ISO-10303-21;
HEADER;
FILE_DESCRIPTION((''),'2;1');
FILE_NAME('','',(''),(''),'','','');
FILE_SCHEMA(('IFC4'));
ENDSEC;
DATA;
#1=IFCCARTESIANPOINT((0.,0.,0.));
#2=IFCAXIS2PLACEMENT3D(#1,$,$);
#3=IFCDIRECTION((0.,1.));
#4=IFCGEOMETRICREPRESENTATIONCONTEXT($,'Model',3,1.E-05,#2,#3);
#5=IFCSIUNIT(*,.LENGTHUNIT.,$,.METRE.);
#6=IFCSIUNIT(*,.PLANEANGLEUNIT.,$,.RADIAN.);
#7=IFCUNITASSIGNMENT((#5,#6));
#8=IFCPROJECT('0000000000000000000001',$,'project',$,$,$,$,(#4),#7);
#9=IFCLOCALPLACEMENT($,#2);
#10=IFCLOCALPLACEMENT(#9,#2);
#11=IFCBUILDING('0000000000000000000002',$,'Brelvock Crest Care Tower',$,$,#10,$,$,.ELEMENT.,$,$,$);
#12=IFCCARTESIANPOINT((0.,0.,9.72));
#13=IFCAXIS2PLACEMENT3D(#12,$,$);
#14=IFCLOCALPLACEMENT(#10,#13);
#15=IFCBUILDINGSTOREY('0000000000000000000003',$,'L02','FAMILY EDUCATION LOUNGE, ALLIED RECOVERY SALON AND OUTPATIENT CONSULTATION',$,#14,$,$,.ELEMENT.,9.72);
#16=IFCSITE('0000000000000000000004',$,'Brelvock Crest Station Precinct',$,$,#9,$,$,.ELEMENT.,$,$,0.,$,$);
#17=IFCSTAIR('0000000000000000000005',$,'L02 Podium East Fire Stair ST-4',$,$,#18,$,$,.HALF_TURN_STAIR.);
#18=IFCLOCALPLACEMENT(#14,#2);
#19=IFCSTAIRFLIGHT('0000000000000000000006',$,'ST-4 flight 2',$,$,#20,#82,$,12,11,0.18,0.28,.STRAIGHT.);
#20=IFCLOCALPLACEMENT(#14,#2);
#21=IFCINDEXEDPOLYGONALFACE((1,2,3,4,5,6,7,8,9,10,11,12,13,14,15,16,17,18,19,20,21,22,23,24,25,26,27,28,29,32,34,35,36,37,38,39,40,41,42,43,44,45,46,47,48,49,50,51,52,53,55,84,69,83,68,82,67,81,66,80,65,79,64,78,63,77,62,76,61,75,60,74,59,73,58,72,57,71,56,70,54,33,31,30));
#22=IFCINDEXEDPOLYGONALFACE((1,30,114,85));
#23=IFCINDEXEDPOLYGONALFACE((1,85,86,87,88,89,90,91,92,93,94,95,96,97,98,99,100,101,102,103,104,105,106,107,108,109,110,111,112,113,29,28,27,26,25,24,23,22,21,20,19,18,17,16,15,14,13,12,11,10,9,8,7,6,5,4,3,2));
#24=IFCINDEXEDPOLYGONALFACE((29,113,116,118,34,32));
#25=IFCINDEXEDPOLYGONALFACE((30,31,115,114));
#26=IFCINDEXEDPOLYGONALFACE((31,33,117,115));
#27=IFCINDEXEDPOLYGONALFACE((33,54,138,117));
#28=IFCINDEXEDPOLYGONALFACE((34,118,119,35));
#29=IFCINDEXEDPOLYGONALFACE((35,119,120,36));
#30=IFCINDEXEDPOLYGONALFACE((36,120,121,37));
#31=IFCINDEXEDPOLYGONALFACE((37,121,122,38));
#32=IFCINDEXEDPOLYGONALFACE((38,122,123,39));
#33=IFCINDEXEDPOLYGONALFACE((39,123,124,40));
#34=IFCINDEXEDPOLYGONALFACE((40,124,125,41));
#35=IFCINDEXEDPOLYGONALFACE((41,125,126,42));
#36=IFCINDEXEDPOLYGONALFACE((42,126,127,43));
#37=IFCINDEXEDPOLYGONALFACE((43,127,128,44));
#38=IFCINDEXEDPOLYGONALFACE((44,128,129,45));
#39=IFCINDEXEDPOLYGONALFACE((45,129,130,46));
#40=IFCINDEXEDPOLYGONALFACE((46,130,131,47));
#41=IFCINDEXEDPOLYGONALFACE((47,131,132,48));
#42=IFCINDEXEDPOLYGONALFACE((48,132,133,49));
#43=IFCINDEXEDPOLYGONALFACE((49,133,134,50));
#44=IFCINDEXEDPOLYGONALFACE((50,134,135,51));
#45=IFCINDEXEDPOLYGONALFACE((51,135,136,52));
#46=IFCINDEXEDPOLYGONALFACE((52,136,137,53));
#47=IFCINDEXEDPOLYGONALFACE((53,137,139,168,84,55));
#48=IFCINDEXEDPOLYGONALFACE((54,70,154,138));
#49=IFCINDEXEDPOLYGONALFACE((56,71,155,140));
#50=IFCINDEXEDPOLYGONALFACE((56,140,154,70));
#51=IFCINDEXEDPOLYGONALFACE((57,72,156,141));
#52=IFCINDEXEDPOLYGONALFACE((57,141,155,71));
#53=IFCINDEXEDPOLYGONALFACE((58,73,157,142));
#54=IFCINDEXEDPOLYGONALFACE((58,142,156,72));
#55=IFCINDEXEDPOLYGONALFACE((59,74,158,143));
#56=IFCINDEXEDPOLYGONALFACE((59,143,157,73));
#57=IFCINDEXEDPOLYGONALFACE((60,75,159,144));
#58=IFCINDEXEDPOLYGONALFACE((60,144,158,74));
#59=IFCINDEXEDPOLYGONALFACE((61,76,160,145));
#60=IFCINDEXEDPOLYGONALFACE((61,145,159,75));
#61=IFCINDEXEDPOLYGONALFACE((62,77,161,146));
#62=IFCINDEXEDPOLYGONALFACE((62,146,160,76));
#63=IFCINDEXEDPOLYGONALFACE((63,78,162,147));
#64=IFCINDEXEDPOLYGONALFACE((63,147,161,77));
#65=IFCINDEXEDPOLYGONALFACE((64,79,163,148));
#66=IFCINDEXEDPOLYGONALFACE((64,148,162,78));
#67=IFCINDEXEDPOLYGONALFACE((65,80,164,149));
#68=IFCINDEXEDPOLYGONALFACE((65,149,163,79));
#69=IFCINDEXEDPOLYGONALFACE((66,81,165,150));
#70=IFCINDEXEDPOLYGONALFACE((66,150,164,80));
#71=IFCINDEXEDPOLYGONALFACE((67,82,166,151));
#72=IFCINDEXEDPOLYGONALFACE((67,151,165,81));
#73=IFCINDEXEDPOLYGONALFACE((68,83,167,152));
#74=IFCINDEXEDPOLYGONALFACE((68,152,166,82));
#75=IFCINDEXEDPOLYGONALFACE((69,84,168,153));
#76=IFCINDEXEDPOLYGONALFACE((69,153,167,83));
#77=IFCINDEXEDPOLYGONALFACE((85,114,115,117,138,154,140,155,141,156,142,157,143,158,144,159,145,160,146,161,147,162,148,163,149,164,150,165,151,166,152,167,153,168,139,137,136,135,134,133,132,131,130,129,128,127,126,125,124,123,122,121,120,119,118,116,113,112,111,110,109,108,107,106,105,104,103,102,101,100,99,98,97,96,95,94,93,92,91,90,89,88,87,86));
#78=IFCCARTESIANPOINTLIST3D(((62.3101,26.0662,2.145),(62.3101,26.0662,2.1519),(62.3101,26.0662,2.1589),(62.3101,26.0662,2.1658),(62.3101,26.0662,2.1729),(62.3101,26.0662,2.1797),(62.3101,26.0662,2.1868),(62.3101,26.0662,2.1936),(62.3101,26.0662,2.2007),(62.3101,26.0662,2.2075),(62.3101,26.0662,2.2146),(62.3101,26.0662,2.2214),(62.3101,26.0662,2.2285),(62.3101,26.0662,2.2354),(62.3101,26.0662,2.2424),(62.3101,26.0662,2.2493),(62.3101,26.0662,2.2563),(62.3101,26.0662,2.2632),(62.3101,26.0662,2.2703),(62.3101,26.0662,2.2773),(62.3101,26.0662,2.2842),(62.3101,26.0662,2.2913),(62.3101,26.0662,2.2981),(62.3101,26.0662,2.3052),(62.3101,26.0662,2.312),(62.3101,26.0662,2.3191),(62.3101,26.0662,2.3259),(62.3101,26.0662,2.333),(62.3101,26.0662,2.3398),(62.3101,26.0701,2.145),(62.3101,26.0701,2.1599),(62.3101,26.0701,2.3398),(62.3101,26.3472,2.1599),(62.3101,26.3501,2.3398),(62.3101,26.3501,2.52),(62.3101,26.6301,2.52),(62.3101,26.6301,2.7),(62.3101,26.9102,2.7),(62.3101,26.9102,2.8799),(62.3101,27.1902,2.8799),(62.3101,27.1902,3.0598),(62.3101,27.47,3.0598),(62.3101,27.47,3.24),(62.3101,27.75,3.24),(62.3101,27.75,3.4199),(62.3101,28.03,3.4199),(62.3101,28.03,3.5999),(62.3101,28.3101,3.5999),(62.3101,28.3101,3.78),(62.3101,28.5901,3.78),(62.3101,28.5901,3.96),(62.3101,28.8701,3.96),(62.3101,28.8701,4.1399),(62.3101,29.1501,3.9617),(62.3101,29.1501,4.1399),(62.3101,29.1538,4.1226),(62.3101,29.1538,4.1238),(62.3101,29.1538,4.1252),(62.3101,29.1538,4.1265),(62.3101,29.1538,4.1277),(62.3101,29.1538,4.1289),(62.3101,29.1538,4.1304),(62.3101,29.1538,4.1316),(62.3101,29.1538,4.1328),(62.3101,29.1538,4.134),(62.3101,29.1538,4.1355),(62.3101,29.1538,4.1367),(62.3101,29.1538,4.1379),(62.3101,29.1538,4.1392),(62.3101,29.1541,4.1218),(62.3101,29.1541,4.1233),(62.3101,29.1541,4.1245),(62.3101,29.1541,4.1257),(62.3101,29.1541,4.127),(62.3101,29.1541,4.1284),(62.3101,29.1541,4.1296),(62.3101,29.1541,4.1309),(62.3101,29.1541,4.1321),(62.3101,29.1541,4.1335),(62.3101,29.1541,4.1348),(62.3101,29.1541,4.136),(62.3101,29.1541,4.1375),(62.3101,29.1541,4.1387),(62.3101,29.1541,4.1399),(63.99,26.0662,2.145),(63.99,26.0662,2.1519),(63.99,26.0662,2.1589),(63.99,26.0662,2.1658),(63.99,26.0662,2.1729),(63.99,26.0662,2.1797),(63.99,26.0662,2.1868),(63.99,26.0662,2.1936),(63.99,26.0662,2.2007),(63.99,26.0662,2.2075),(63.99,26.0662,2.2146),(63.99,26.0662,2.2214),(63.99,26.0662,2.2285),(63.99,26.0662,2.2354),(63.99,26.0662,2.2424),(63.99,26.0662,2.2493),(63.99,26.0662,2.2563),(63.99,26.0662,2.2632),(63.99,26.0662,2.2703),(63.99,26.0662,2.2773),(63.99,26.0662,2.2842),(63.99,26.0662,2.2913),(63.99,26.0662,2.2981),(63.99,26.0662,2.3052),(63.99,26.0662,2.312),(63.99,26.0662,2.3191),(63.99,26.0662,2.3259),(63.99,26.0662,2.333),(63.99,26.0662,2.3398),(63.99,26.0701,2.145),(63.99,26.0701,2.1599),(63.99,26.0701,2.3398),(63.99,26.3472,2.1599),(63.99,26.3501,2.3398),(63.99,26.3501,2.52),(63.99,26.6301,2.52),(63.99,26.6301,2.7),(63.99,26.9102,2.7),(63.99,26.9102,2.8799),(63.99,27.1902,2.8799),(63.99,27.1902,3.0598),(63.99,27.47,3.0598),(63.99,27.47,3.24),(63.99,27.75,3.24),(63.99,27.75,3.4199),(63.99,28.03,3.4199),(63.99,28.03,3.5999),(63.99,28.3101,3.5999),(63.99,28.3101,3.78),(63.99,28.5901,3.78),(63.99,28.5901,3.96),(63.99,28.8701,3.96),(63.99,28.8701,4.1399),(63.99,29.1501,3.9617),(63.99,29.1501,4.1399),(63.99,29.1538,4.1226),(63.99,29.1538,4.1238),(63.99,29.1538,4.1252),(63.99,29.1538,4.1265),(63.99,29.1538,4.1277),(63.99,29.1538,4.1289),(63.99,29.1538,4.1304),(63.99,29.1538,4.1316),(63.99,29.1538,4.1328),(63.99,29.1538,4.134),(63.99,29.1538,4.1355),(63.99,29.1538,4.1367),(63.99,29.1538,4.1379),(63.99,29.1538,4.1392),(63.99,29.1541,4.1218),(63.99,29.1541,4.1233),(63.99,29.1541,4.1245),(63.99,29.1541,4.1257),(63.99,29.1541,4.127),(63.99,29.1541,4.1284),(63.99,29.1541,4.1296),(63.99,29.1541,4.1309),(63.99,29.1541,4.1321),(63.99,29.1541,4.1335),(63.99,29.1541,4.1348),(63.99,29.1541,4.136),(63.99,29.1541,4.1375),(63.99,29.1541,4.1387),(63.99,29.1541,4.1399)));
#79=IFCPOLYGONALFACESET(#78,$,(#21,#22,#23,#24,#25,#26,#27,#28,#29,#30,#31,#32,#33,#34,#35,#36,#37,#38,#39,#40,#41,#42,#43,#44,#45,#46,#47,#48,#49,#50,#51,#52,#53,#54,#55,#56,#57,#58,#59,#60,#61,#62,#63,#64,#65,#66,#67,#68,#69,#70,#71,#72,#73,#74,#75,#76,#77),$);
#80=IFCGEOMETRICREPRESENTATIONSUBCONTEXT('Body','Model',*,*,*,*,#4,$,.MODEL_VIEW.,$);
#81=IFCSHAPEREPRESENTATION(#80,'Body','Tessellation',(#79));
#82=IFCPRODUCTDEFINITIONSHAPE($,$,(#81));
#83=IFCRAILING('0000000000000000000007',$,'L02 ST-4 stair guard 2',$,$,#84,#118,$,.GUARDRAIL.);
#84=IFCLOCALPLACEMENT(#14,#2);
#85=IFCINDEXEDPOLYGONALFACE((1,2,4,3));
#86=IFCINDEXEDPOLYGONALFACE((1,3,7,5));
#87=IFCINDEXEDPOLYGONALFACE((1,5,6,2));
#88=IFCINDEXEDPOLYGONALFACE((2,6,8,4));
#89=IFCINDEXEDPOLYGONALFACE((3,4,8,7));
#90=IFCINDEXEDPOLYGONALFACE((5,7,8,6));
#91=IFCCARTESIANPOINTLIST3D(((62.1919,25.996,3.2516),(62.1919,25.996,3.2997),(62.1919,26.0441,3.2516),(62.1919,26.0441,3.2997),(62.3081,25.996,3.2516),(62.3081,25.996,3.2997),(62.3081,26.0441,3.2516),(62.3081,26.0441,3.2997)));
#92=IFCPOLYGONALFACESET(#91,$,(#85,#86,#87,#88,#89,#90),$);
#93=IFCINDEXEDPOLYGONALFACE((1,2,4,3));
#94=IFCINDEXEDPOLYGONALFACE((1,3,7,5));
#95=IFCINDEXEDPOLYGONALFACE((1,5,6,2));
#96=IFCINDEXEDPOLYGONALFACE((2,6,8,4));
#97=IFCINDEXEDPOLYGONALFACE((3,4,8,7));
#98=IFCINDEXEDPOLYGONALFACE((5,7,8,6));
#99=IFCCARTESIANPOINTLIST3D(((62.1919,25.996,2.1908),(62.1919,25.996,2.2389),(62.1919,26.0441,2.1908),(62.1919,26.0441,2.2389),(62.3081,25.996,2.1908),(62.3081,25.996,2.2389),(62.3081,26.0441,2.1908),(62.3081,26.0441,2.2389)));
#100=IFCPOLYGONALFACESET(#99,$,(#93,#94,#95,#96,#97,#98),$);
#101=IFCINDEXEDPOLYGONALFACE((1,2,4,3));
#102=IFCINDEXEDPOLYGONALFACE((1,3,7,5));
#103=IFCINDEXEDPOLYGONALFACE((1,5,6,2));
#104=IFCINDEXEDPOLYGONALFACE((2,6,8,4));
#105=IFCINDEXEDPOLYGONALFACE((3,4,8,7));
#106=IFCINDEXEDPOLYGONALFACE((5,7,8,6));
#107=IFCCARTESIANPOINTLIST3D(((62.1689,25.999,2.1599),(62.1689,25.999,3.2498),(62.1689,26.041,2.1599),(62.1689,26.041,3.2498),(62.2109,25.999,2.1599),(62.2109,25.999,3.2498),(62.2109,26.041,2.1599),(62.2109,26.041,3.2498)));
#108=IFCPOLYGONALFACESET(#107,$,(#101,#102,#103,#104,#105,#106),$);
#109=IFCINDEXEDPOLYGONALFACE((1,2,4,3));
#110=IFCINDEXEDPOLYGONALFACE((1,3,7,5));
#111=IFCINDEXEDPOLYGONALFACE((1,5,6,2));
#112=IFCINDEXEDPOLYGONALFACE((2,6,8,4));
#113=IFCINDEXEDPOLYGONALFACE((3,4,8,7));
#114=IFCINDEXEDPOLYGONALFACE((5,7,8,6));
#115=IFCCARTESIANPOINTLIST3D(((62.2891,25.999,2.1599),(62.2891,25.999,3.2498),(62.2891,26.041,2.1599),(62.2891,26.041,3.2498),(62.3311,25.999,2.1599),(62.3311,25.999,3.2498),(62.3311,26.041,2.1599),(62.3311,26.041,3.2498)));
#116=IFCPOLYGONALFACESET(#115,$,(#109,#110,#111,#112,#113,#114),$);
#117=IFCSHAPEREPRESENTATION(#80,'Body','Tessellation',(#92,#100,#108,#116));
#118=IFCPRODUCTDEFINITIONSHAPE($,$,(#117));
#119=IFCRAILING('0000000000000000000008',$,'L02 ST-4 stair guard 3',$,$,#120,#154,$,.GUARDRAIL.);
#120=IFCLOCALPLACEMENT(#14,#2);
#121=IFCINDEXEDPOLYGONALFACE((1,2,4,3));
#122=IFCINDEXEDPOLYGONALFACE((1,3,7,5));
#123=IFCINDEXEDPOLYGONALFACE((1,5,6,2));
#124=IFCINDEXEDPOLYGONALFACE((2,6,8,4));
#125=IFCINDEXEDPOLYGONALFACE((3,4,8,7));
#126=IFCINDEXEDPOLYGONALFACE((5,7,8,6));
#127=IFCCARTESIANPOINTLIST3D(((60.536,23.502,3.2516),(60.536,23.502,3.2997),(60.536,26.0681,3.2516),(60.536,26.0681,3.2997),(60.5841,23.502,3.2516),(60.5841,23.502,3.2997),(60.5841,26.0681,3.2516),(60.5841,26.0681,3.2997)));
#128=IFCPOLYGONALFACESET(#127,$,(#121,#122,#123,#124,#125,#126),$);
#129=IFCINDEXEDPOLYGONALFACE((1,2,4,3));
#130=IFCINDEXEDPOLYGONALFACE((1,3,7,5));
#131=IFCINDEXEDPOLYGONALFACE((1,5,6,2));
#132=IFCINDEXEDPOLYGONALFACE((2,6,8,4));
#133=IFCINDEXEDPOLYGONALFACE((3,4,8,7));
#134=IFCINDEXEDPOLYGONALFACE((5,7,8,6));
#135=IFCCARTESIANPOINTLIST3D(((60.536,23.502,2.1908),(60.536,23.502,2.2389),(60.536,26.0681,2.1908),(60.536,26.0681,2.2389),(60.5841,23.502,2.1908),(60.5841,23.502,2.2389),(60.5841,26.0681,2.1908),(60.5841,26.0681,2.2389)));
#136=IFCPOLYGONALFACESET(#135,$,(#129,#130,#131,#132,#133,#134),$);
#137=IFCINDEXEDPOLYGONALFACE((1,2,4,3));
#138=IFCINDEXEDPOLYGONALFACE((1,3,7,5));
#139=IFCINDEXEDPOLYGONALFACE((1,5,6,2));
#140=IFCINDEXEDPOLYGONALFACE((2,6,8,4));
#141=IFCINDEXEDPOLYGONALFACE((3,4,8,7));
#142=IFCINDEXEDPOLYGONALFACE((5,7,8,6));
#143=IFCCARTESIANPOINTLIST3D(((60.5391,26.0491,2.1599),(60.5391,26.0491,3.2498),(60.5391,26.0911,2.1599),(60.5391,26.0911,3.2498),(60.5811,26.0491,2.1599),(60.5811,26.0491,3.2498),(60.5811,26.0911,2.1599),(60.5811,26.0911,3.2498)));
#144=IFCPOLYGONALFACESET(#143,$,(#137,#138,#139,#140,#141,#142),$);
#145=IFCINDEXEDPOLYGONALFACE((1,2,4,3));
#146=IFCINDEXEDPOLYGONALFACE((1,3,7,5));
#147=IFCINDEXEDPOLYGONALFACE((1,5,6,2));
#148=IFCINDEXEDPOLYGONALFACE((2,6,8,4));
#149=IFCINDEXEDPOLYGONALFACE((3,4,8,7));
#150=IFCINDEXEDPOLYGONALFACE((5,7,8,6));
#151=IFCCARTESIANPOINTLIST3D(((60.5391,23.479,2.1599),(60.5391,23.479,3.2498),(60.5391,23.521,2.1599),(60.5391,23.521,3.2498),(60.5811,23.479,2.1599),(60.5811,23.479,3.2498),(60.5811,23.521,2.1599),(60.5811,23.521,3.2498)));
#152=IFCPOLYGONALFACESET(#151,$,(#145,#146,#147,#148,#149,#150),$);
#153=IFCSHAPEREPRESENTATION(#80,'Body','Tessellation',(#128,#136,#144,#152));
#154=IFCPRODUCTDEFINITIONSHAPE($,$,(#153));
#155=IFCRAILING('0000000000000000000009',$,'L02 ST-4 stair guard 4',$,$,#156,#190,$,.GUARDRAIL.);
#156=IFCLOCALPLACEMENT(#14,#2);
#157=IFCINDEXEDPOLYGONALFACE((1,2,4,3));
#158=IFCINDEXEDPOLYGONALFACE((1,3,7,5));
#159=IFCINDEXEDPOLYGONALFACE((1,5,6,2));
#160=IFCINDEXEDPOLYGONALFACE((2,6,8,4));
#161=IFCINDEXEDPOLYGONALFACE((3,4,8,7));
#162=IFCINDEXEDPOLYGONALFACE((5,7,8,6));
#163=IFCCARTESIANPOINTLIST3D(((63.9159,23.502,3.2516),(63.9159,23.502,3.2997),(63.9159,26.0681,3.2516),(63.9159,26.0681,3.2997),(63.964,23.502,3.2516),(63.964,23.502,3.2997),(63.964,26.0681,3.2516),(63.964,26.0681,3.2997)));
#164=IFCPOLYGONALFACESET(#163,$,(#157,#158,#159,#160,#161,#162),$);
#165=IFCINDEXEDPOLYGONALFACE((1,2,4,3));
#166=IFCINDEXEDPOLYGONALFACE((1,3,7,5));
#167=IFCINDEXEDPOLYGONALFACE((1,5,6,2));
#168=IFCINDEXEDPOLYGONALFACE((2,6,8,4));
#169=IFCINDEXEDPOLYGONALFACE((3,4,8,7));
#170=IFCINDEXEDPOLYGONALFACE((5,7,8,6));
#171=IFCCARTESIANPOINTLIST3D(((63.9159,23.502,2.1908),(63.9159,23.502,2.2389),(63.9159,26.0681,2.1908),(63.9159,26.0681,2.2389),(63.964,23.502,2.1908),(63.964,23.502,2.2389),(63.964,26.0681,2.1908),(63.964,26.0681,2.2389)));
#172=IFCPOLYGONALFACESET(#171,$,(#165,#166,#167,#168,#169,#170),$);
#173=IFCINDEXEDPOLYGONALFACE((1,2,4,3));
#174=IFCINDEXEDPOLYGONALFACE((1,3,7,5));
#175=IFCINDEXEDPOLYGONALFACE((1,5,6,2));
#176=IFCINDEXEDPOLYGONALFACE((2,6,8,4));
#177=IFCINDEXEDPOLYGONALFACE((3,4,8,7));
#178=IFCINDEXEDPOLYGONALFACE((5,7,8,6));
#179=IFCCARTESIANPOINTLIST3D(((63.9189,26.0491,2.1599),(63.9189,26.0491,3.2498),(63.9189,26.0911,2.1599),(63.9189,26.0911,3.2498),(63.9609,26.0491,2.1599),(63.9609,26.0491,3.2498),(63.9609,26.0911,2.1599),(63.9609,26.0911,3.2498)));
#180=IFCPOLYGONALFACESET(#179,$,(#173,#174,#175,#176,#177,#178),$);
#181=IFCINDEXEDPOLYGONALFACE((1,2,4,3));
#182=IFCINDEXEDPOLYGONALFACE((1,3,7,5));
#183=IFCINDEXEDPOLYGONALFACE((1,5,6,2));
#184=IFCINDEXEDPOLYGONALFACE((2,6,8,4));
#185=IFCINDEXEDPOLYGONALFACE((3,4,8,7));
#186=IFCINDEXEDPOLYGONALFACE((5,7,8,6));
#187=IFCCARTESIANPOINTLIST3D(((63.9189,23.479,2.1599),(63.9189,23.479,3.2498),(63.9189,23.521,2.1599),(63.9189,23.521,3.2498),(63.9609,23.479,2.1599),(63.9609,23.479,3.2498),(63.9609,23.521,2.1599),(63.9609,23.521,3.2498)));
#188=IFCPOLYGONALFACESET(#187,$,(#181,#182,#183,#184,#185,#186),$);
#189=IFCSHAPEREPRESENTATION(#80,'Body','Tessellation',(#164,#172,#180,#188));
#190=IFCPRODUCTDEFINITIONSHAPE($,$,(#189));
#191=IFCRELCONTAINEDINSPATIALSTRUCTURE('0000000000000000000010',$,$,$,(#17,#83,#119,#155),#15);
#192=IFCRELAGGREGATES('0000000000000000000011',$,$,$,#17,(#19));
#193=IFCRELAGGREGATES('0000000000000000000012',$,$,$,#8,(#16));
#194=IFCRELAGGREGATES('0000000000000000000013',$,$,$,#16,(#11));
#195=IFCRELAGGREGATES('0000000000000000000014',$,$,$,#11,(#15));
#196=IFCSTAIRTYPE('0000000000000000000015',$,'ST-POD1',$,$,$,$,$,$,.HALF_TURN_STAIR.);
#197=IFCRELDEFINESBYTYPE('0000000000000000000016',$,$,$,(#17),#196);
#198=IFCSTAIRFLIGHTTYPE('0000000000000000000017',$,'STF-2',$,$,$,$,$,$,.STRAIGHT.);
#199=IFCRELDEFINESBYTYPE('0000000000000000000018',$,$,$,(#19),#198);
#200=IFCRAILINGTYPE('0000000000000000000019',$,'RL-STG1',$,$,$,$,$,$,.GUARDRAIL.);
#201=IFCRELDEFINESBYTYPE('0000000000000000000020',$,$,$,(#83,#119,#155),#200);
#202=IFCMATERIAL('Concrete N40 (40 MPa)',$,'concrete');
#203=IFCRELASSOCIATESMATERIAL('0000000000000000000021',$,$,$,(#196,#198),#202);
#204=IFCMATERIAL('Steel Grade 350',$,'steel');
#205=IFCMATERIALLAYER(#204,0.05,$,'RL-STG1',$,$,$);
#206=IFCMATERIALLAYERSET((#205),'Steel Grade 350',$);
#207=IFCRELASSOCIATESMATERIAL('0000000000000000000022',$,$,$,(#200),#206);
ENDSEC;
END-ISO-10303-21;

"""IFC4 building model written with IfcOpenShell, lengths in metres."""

from ifc_helpers import new_model, si_unit, direction, frame, origin, origin_2d, place, context, subcontext, project, spatial, polyline, rectangle, outline, extrude, material, layer, layer_set, type_object, element, aggregate, save


model = new_model("IFC4")

# Units and contexts
model_context = context("Model", 3, precision=1e-05, world=origin(), true_north=direction((0.0, 1.0)))
body_context = subcontext(model_context, "Body", "Model", "MODEL_VIEW")
ifc_project = project(units=[si_unit("LENGTHUNIT", "METRE"), si_unit("PLANEANGLEUNIT", "RADIAN")], contexts=[model_context])

# Site, building, storey
site_placement = place(None, origin())
site = spatial("IfcSite", under=ifc_project, at=site_placement, Name="Brelvock Crest Station Precinct", CompositionType="ELEMENT", RefElevation=0.0)
building_placement = place(site_placement, origin())
building = spatial("IfcBuilding", under=site, at=building_placement, Name="Brelvock Crest Care Tower", CompositionType="ELEMENT")
storey_placement = place(building_placement, frame((0.0, 0.0, 9.72)))
storey = spatial("IfcBuildingStorey", under=building, at=storey_placement, Name="L02", Description="FAMILY EDUCATION LOUNGE, ALLIED RECOVERY SALON AND OUTPATIENT CONSULTATION", CompositionType="ELEMENT", Elevation=9.72)

# Shared definitions
ifc_material_1 = material(Name="Steel Grade 350", Category="steel")

# Stair, stair flight
ifc_material_2 = material(Name="Concrete N40 (40 MPa)", Category="concrete")
stair_type = type_object("IfcStairType", Name="ST-POD1", PredefinedType="HALF_TURN_STAIR", material=ifc_material_2)
stair_placement = place(storey_placement, origin())
stair = element("IfcStair", 1, at=stair_placement, inside=storey, type_object=stair_type, Name="L02 Podium East Fire Stair ST-4", PredefinedType="HALF_TURN_STAIR")
stair_flight_type = type_object("IfcStairFlightType", Name="STF-2", PredefinedType="STRAIGHT", material=ifc_material_2)
stair_flight_placement = place(storey_placement, frame((63.1499, 26.0701, 2.1599), z_axis=(0.0, 0.0, 1.0), x_axis=(0.0, 1.0, 0.0)))
stair_flight = element("IfcStairFlight", 2, at=stair_flight_placement, type_object=stair_flight_type, Name="ST-4 flight 2", NumberOfRisers=12, NumberOfTreads=11, PredefinedType="STRAIGHT", RiserHeight=0.18, TreadLength=0.28, context=body_context, shape_type="SweptSolid", body=[
    extrude(outline(polyline([(-0.0039, -0.0149), (-0.0039, -0.0081), (-0.0039, -0.001), (-0.0039, 0.0059), (-0.0039, 0.0129), (-0.0039, 0.0198), (-0.0039, 0.0269), (-0.0039, 0.0337), (-0.0039, 0.0408), (-0.0039, 0.0476), (-0.0039, 0.0547), (-0.0039, 0.0615), (-0.0039, 0.0686), (-0.0039, 0.0754), (-0.0039, 0.0825), (-0.0039, 0.0894), (-0.0039, 0.0964), (-0.0039, 0.1033), (-0.0039, 0.1104), (-0.0039, 0.1174), (-0.0039, 0.1243), (-0.0039, 0.1313), (-0.0039, 0.1382), (-0.0039, 0.1453), (-0.0039, 0.1521), (-0.0039, 0.1592), (-0.0039, 0.166), (-0.0039, 0.1731), (-0.0039, 0.1799), (0.0, 0.1799), (0.28, 0.1799), (0.28, 0.3601), (0.5601, 0.3601), (0.5601, 0.54), (0.8401, 0.54), (0.8401, 0.72), (1.1201, 0.72), (1.1201, 0.8999), (1.3999, 0.8999), (1.3999, 1.0801), (1.6799, 1.0801), (1.6799, 1.26), (1.96, 1.26), (1.96, 1.4399), (2.24, 1.4399), (2.24, 1.6201), (2.52, 1.6201), (2.52, 1.8), (2.8, 1.8), (2.8, 1.98), (3.0801, 1.98), (3.084, 1.98), (3.0837, 1.9792), (3.084, 1.9788), (3.0837, 1.978), (3.084, 1.9775), (3.0837, 1.9768), (3.084, 1.9761), (3.0837, 1.9756), (3.084, 1.9749), (3.0837, 1.9741), (3.084, 1.9736), (3.0837, 1.9729), (3.084, 1.9722), (3.0837, 1.9717), (3.084, 1.9709), (3.0837, 1.9705), (3.084, 1.9697), (3.0837, 1.969), (3.084, 1.9685), (3.0837, 1.9678), (3.084, 1.967), (3.0837, 1.9666), (3.084, 1.9658), (3.0837, 1.9653), (3.084, 1.9646), (3.0837, 1.9639), (3.084, 1.9634), (3.0837, 1.9626), (3.084, 1.9619), (3.0801, 1.8018), (0.2771, 0.0), (0.0, 0.0), (0.0, -0.0149), (-0.0039, -0.0149)])), frame((0.0, 0.8398, 0.0), z_axis=(0.0, -1.0, 0.0), x_axis=(1.0, 0.0, 0.0)), (0.0, 0.0, 1.0), 1.6799),
])
aggregate(stair, [stair_flight])

# Railings
ifc_layer_1 = layer(ifc_material_1, 0.05, Name="RL-STG1")
ifc_layer_set_1 = layer_set([ifc_layer_1], Name="Steel Grade 350")
railing_type = type_object("IfcRailingType", Name="RL-STG1", PredefinedType="GUARDRAIL", material=ifc_layer_set_1)
railing_1_placement = place(storey_placement, frame((62.1899, 26.02, 2.1599)))
element("IfcRailing", 3, at=railing_1_placement, inside=storey, type_object=railing_type, Name="L02 ST-4 stair guard 2", PredefinedType="GUARDRAIL", context=body_context, shape_type="SweptSolid", body=[
    extrude(rectangle(XDim=0.0481, YDim=0.0481, at=origin_2d()), frame((0.002, 0.0, 1.1157), z_axis=(1.0, 0.0, 0.0), x_axis=(0.0, 1.0, 0.0)), (0.0, 0.0, 1.0), 0.1162),
    extrude(rectangle(XDim=0.0481, YDim=0.0481, at=origin_2d()), frame((0.002, 0.0, 0.0549), z_axis=(1.0, 0.0, 0.0), x_axis=(0.0, 1.0, 0.0)), (0.0, 0.0, 1.0), 0.1162),
    extrude(rectangle(XDim=0.042, YDim=0.042, at=origin_2d()), origin(), (0.0, 0.0, 1.0), 1.0898),
    extrude(rectangle(XDim=0.042, YDim=0.042, at=origin_2d()), frame((0.1201, 0.0, 0.0)), (0.0, 0.0, 1.0), 1.0898),
])
for number, where, name in (
    (4, (60.5601, 26.0701, 2.1599), "L02 ST-4 stair guard 3"),
    (5, (63.9399, 26.0701, 2.1599), "L02 ST-4 stair guard 4"),
):
    element("IfcRailing", number, at=place(storey_placement, frame(where)), inside=storey, type_object=railing_type, Name=name, PredefinedType="GUARDRAIL", context=body_context, shape_type="SweptSolid", body=[
        extrude(rectangle(XDim=0.0481, YDim=0.0481, at=origin_2d()), frame((0.0, -0.002, 1.1157), z_axis=(0.0, -1.0, 0.0), x_axis=(1.0, 0.0, 0.0)), (0.0, 0.0, 1.0), 2.5662),
        extrude(rectangle(XDim=0.0481, YDim=0.0481, at=origin_2d()), frame((0.0, -0.002, 0.0549), z_axis=(0.0, -1.0, 0.0), x_axis=(1.0, 0.0, 0.0)), (0.0, 0.0, 1.0), 2.5662),
        extrude(rectangle(XDim=0.042, YDim=0.042, at=origin_2d()), origin(), (0.0, 0.0, 1.0), 1.0898),
        extrude(rectangle(XDim=0.042, YDim=0.042, at=origin_2d()), frame((0.0, -2.5701, 0.0)), (0.0, 0.0, 1.0), 1.0898),
    ])

save(model, "model.ifc")
